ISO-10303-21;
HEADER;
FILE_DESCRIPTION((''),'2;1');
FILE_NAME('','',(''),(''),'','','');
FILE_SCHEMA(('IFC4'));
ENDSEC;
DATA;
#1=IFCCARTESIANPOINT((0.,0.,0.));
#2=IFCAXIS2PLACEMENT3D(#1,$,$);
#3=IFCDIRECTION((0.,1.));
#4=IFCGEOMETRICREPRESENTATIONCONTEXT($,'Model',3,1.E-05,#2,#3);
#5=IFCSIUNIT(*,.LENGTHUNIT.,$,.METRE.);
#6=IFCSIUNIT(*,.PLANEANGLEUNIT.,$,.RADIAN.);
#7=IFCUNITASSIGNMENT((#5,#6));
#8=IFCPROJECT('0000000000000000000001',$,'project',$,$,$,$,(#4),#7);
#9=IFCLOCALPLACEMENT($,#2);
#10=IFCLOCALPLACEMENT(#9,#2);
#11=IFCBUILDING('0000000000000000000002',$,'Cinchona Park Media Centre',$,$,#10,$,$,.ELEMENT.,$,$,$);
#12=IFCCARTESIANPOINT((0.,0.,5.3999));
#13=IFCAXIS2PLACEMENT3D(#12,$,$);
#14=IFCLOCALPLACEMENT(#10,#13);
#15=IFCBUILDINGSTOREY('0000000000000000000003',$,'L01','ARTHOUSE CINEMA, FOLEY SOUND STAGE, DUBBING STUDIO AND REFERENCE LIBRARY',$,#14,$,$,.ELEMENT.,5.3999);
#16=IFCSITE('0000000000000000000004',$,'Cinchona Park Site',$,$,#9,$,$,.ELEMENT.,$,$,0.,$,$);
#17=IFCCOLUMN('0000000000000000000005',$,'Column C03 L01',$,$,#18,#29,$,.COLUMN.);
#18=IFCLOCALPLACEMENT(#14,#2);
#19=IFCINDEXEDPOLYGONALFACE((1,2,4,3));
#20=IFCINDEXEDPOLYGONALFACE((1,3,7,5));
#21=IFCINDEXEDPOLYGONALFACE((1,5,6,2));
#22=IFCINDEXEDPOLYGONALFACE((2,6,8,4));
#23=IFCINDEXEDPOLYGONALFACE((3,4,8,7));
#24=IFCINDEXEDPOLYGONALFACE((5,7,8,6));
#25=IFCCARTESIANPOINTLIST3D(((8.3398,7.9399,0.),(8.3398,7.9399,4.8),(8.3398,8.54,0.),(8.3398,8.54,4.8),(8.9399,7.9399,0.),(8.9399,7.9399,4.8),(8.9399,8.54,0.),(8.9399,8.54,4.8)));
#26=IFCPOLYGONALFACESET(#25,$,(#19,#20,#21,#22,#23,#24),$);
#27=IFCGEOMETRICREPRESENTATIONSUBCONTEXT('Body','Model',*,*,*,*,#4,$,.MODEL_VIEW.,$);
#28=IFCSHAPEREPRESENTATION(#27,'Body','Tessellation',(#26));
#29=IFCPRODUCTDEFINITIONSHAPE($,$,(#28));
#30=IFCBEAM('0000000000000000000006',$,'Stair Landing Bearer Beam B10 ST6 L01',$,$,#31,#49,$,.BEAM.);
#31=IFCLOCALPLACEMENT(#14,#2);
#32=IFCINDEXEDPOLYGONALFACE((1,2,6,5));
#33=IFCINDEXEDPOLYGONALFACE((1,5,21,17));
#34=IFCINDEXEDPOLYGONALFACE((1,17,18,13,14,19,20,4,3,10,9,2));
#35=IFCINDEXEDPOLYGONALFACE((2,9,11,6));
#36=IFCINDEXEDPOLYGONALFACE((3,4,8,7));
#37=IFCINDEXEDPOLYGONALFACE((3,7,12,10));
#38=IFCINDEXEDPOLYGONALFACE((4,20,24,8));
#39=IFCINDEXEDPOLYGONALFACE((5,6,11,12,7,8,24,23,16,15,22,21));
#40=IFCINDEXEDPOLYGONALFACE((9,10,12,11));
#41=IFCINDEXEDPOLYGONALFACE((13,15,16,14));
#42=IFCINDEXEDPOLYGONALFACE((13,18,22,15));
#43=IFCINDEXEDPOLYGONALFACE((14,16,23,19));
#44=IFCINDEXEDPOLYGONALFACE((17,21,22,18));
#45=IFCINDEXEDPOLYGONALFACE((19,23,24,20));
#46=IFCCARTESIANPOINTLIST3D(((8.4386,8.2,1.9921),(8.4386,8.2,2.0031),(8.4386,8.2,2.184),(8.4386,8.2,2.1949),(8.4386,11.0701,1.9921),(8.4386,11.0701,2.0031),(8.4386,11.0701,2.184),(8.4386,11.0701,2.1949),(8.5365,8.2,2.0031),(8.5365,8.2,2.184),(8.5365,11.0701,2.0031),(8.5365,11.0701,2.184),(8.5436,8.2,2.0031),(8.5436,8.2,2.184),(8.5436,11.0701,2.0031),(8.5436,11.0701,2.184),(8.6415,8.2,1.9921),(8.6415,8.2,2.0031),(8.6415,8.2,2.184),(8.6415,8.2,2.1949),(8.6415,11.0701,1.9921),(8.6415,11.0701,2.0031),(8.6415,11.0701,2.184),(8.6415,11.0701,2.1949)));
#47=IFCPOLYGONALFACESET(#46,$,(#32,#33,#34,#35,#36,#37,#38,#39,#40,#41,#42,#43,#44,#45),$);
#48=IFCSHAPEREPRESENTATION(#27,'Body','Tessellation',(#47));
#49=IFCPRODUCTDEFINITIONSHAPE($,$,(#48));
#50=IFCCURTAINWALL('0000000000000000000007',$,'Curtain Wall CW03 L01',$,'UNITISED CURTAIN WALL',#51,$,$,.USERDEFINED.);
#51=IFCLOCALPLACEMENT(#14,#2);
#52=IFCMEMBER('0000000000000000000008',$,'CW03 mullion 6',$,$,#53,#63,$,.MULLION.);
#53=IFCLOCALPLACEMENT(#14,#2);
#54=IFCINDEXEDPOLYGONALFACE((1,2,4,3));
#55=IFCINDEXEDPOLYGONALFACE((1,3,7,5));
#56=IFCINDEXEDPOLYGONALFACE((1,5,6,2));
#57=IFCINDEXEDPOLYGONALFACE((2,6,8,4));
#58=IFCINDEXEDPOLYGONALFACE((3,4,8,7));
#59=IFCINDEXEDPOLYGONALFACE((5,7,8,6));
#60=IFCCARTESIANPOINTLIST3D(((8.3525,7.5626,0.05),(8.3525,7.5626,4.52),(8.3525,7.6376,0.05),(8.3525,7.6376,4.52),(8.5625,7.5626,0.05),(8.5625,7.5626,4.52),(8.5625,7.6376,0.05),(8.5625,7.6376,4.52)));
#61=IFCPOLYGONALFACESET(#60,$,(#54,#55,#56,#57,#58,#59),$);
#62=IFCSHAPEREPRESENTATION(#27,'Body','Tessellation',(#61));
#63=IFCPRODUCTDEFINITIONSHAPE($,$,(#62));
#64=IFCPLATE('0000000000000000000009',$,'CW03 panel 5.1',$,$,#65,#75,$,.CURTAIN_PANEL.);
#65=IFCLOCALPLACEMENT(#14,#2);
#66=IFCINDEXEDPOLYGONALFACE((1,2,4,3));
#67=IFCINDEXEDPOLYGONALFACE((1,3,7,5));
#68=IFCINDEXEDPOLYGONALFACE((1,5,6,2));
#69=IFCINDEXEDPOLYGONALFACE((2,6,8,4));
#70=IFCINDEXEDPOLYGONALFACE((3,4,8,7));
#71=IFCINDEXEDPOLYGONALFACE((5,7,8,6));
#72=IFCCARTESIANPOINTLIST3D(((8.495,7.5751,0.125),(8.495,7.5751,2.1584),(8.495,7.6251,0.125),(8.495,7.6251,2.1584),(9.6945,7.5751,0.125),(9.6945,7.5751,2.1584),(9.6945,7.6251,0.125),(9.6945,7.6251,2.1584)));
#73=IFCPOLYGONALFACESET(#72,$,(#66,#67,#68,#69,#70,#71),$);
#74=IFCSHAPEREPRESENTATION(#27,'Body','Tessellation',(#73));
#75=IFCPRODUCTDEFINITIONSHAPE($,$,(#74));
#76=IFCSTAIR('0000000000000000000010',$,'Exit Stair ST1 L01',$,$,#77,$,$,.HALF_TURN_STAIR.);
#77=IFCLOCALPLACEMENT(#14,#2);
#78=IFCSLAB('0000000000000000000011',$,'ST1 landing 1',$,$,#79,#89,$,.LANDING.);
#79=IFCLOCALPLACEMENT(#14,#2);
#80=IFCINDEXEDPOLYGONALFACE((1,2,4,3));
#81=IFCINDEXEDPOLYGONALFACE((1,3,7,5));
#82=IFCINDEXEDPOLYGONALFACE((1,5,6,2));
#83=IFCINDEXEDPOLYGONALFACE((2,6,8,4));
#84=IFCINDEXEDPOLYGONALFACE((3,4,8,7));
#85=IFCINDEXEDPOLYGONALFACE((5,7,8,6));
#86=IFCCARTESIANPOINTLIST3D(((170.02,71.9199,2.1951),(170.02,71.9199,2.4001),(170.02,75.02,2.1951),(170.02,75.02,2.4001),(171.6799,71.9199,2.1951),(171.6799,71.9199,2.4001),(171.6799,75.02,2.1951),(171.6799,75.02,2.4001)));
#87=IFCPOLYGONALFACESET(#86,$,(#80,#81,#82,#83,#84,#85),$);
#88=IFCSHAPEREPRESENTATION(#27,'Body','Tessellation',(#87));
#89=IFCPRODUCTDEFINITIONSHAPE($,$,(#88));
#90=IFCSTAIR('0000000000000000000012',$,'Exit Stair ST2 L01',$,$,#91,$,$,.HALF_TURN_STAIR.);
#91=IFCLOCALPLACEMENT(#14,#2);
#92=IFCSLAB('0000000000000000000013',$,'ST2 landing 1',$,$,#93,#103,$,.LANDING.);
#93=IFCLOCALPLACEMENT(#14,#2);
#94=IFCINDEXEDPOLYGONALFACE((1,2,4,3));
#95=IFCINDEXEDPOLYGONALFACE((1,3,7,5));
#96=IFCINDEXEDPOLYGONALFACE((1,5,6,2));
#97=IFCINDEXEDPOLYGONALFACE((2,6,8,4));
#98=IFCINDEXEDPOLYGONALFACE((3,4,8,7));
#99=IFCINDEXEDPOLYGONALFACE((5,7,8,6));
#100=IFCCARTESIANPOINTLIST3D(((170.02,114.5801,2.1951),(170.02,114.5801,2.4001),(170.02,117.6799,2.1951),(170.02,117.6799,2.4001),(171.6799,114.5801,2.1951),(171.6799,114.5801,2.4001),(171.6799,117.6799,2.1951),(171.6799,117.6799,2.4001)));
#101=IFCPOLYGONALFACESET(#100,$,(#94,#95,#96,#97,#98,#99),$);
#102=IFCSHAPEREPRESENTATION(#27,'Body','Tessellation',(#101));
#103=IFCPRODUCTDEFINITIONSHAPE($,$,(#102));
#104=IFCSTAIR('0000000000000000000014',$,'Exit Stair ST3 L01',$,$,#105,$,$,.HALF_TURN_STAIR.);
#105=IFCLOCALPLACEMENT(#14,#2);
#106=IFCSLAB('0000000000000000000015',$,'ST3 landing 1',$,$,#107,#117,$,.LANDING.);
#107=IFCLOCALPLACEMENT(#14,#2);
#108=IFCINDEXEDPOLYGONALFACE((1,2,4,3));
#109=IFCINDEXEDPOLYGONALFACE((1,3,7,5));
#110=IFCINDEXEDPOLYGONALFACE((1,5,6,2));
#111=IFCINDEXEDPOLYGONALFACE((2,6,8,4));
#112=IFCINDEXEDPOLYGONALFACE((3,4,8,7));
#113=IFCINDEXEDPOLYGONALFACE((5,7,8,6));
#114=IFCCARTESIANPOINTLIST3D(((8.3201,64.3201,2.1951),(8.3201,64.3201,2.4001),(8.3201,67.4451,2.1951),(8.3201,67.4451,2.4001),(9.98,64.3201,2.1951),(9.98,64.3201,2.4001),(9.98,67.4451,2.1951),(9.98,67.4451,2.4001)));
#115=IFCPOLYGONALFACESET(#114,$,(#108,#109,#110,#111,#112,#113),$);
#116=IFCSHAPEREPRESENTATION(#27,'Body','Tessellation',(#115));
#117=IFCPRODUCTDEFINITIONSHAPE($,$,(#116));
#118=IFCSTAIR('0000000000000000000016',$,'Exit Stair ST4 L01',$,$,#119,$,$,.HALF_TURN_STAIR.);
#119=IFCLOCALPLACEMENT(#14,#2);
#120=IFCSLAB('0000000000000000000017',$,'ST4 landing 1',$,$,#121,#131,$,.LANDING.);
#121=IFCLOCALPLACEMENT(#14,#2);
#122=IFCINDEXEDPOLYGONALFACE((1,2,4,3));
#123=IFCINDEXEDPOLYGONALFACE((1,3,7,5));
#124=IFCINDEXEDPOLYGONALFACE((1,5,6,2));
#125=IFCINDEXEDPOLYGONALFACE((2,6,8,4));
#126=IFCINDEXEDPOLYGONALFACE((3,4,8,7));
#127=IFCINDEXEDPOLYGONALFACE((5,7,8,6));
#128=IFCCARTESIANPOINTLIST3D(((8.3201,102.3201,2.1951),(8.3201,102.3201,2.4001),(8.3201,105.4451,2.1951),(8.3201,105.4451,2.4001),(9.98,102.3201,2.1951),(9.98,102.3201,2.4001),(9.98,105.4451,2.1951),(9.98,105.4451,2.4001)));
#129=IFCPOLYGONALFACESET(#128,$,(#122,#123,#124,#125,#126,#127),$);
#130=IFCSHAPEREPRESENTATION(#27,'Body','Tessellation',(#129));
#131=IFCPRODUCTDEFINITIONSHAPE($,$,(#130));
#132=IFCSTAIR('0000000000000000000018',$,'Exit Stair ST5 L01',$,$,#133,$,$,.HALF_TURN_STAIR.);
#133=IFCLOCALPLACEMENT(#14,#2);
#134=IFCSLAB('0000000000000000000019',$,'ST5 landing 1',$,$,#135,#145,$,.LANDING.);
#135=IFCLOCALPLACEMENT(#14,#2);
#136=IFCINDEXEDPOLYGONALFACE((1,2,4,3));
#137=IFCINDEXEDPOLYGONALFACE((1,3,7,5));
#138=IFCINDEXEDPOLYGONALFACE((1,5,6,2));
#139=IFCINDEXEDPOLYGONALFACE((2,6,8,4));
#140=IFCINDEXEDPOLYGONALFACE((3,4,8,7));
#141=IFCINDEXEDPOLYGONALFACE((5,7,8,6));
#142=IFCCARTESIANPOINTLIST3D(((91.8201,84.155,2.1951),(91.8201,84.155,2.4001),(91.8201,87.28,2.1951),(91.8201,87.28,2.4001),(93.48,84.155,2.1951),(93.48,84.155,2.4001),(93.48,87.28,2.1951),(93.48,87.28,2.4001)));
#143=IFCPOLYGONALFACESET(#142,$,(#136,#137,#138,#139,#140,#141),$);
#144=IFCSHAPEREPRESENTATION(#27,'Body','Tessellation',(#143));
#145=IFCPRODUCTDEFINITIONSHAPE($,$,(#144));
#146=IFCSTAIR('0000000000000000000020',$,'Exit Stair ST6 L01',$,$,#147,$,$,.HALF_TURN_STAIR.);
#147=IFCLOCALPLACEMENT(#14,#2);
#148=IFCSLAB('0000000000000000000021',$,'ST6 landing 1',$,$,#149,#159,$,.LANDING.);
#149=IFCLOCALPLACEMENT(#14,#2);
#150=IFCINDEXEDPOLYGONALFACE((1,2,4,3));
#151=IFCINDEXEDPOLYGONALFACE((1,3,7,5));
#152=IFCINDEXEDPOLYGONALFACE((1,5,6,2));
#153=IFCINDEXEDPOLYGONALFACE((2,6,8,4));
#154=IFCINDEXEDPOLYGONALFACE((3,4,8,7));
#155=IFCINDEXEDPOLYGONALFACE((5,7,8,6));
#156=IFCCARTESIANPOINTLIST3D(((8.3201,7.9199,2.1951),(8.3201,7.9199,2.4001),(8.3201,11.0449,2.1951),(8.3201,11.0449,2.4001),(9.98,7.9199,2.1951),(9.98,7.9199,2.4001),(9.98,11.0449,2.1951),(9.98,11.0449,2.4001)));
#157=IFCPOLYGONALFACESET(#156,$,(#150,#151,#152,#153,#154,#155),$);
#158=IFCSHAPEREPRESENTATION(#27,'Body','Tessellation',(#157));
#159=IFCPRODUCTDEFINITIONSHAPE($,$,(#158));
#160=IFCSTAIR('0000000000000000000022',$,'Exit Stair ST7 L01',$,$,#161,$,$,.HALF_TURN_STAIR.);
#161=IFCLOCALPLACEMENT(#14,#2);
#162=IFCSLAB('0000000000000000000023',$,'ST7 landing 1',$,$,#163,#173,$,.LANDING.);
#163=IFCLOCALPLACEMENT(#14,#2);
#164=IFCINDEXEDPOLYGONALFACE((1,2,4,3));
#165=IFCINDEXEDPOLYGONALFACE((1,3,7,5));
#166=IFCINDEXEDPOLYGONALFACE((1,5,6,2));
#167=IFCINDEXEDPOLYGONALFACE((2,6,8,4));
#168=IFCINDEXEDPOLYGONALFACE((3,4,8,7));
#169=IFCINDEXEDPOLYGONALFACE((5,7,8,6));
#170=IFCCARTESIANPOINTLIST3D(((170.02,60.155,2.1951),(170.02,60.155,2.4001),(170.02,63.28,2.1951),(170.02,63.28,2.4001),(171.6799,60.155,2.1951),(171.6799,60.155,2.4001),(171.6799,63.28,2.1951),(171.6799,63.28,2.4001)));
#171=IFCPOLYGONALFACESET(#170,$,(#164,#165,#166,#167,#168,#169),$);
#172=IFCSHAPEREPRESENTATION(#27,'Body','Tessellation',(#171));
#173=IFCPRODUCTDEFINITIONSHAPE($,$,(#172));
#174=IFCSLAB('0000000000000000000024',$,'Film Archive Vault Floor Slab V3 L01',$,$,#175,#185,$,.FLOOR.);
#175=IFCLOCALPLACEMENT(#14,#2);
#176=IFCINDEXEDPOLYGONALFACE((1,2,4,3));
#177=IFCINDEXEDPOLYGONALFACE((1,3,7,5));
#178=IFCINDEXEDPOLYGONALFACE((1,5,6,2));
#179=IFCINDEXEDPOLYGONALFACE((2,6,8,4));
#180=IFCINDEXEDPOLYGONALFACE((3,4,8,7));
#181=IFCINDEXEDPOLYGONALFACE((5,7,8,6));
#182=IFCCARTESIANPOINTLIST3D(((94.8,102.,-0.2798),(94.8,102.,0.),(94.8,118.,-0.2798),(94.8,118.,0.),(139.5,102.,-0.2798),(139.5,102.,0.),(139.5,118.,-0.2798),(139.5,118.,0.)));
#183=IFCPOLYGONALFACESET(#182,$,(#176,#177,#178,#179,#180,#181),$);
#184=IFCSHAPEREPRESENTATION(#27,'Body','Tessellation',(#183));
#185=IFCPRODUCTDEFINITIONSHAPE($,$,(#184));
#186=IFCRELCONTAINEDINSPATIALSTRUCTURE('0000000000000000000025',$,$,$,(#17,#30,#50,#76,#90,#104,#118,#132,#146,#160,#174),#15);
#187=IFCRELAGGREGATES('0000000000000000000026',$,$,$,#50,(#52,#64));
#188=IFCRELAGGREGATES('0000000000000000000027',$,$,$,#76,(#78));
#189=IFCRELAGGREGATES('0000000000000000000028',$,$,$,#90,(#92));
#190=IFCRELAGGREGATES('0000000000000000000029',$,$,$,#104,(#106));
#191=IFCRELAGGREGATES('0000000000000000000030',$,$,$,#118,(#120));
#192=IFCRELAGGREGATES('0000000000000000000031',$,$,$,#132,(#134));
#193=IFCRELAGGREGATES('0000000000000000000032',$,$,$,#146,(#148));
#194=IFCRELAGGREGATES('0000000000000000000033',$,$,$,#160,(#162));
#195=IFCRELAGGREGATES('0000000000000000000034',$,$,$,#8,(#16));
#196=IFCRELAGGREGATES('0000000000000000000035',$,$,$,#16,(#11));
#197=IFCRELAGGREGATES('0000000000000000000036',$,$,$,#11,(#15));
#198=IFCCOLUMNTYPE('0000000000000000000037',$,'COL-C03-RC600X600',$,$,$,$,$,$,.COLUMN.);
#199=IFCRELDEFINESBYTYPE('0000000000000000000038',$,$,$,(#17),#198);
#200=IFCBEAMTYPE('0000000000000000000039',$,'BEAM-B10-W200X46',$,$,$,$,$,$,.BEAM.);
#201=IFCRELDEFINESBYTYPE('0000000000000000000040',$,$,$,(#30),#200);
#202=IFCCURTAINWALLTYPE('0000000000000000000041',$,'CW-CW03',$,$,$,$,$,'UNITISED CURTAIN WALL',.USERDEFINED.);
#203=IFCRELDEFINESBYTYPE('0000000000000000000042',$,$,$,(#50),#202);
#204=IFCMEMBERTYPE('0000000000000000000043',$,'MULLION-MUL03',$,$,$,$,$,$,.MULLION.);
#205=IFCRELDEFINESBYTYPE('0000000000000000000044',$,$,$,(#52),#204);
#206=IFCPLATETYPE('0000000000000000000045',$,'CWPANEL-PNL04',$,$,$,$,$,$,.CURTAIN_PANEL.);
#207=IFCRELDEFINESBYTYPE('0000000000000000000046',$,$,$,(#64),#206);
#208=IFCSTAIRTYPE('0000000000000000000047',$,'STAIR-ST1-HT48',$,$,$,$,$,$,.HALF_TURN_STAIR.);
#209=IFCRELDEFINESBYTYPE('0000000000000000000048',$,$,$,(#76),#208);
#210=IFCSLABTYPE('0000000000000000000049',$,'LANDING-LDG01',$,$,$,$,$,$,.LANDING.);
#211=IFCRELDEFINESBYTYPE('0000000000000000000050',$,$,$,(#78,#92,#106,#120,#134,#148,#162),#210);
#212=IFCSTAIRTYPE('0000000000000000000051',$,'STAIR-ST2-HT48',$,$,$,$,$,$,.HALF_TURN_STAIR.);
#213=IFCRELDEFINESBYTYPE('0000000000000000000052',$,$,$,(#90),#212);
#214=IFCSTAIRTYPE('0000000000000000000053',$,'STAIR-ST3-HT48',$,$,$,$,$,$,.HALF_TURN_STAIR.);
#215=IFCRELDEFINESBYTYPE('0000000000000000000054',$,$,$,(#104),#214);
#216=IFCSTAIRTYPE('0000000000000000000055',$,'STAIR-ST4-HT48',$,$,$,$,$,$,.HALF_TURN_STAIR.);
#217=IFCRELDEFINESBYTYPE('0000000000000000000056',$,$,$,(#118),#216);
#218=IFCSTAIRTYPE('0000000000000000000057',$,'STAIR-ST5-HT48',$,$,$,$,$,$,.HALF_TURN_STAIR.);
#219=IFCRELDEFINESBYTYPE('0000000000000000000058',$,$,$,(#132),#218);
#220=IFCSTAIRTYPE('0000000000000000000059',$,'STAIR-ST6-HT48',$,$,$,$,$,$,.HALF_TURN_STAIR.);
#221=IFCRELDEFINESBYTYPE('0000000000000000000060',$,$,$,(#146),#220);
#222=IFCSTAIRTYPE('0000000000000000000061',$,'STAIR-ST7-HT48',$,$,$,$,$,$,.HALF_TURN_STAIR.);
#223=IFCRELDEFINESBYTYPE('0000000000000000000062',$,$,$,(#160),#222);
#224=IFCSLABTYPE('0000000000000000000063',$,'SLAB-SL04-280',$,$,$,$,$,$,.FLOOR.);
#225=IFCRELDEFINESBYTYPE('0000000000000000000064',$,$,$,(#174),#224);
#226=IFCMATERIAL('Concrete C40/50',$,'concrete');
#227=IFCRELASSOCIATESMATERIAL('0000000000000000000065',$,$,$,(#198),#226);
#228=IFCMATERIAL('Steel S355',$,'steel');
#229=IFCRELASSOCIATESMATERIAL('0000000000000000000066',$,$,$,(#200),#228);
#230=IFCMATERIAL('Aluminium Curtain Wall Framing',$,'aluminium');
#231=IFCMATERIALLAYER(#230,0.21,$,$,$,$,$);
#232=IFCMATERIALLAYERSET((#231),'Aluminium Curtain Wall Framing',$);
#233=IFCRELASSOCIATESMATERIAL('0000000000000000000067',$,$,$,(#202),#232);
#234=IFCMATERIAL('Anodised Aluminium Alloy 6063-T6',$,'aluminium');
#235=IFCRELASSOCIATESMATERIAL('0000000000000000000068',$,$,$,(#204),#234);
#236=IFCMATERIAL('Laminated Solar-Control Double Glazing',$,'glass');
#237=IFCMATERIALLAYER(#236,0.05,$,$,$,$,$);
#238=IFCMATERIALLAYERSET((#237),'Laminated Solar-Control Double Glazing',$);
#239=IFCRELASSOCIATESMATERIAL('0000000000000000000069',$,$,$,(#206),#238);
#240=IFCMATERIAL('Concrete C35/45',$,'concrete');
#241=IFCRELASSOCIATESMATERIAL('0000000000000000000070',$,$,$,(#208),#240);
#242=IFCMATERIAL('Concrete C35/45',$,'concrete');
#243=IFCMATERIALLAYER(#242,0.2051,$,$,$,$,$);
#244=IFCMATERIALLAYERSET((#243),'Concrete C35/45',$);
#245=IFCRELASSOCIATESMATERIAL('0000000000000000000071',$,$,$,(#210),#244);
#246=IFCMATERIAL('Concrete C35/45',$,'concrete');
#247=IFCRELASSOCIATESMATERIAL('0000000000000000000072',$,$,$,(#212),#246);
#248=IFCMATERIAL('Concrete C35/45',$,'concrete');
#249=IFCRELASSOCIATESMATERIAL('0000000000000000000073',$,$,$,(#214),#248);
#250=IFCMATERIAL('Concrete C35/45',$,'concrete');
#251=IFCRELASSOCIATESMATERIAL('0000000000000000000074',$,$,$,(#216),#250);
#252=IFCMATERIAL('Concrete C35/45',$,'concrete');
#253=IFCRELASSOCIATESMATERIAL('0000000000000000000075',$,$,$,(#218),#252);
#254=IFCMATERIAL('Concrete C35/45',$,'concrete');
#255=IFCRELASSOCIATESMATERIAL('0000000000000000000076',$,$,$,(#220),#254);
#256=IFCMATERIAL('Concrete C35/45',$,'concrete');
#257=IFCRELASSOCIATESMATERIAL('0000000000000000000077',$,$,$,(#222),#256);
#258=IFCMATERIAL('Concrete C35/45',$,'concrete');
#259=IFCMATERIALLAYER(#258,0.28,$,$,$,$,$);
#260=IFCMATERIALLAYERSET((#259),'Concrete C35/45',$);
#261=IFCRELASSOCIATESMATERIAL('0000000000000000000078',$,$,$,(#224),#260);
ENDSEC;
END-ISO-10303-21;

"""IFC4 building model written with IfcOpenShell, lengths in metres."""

from ifc_helpers import new_model, si_unit, direction, frame, origin, origin_2d, place, context, subcontext, project, spatial, polyline, rectangle, i_section, outline, extrude, material, layer, layer_set, material_profile, profile_set, type_object, element, aggregate, save


model = new_model("IFC4")

# Units and contexts
model_context = context("Model", 3, precision=1e-05, world=origin(), true_north=direction((0.0, 1.0)))
body_context = subcontext(model_context, "Body", "Model", "MODEL_VIEW")
ifc_project = project(units=[si_unit("LENGTHUNIT", "METRE"), si_unit("PLANEANGLEUNIT", "RADIAN")], contexts=[model_context])

# Site, building, storey
site_placement = place(None, origin())
site = spatial("IfcSite", under=ifc_project, at=site_placement, Name="Cinchona Park Site", CompositionType="ELEMENT", RefElevation=0.0)
building_placement = place(site_placement, origin())
building = spatial("IfcBuilding", under=site, at=building_placement, Name="Cinchona Park Media Centre", CompositionType="ELEMENT")
storey_placement = place(building_placement, frame((0.0, 0.0, 5.3999)))
storey = spatial("IfcBuildingStorey", under=building, at=storey_placement, Name="L01", Description="ARTHOUSE CINEMA, FOLEY SOUND STAGE, DUBBING STUDIO AND REFERENCE LIBRARY", CompositionType="ELEMENT", Elevation=5.3999)

# Column
ifc_material_1 = material(Name="Concrete C40/50", Category="concrete")
ifc_material_profile_1 = material_profile(ifc_material_1, rectangle(XDim=0.6001, YDim=0.6001, at=origin_2d()), Name="RC 600X600")
ifc_profile_set_1 = profile_set([ifc_material_profile_1], Name="Concrete C40/50")
column_type = type_object("IfcColumnType", Name="COL-C03-RC600X600", PredefinedType="COLUMN", material=ifc_profile_set_1)
column_placement = place(storey_placement, frame((8.6399, 8.24, 0.0), z_axis=(0.0, 0.0, 1.0), x_axis=(1.0, 0.0, 0.0)))
element("IfcColumn", 1, at=column_placement, inside=storey, type_object=column_type, Name="Column C03 L01", PredefinedType="COLUMN", context=body_context, shape_type="SweptSolid", body=[
    extrude(rectangle(XDim=0.6001, YDim=0.6001, at=origin_2d()), origin(), (0.0, 0.0, 1.0), 4.8),
])

# Beam
ifc_material_2 = material(Name="Steel S355", Category="steel")
ifc_material_profile_2 = material_profile(ifc_material_2, i_section(OverallWidth=0.2029, OverallDepth=0.2029, WebThickness=0.0071, FlangeThickness=0.011, at=origin_2d()), Name="W200X46")
ifc_profile_set_2 = profile_set([ifc_material_profile_2], Name="Steel S355")
beam_type = type_object("IfcBeamType", Name="BEAM-B10-W200X46", PredefinedType="BEAM", material=ifc_profile_set_2)
beam_placement = place(storey_placement, frame((8.54, 11.0701, 2.0935), z_axis=(0.0, -1.0, 0.0), x_axis=(1.0, 0.0, 0.0)))
element("IfcBeam", 2, at=beam_placement, inside=storey, type_object=beam_type, Name="Stair Landing Bearer Beam B10 ST6 L01", PredefinedType="BEAM", context=body_context, shape_type="SweptSolid", body=[
    extrude(i_section(OverallWidth=0.2029, OverallDepth=0.2029, WebThickness=0.0071, FlangeThickness=0.011, at=origin_2d()), origin(), (0.0, 0.0, 1.0), 2.8701),
])

# Curtain wall, member, plate
ifc_material_3 = material(Name="Aluminium Curtain Wall Framing", Category="aluminium")
ifc_layer_1 = layer(ifc_material_3, 0.21)
ifc_layer_set_1 = layer_set([ifc_layer_1], Name="Aluminium Curtain Wall Framing")
curtain_wall_type = type_object("IfcCurtainWallType", Name="CW-CW03", ElementType="UNITISED CURTAIN WALL", PredefinedType="USERDEFINED", material=ifc_layer_set_1)
curtain_wall_placement = place(storey_placement, origin())
curtain_wall = element("IfcCurtainWall", 3, at=curtain_wall_placement, inside=storey, type_object=curtain_wall_type, Name="Curtain Wall CW03 L01", ObjectType="UNITISED CURTAIN WALL", PredefinedType="USERDEFINED")
ifc_material_4 = material(Name="Anodised Aluminium Alloy 6063-T6", Category="aluminium")
ifc_material_profile_3 = material_profile(ifc_material_4, rectangle(XDim=0.075, YDim=0.21, at=origin_2d()), Name="MUL-75X210")
ifc_profile_set_3 = profile_set([ifc_material_profile_3], Name="Anodised Aluminium Alloy 6063-T6")
member_type = type_object("IfcMemberType", Name="MULLION-MUL03", PredefinedType="MULLION", material=ifc_profile_set_3)
member_placement = place(storey_placement, frame((8.4575, 7.6001, 0.05), z_axis=(0.0, 0.0, 1.0), x_axis=(0.0, -1.0, 0.0)))
member = element("IfcMember", 4, at=member_placement, type_object=member_type, Name="CW03 mullion 6", PredefinedType="MULLION", context=body_context, shape_type="SweptSolid", body=[
    extrude(rectangle(XDim=0.075, YDim=0.21, at=origin_2d()), origin(), (0.0, 0.0, 1.0), 4.47),
])
ifc_material_5 = material(Name="Laminated Solar-Control Double Glazing", Category="glass")
ifc_layer_2 = layer(ifc_material_5, 0.05)
ifc_layer_set_2 = layer_set([ifc_layer_2], Name="Laminated Solar-Control Double Glazing")
plate_type = type_object("IfcPlateType", Name="CWPANEL-PNL04", PredefinedType="CURTAIN_PANEL", material=ifc_layer_set_2)
plate_placement = place(storey_placement, frame((9.0947, 7.6001, 0.125), z_axis=(0.0, 0.0, 1.0), x_axis=(-1.0, 0.0, 0.0)))
plate = element("IfcPlate", 5, at=plate_placement, type_object=plate_type, Name="CW03 panel 5.1", PredefinedType="CURTAIN_PANEL", context=body_context, shape_type="SweptSolid", body=[
    extrude(rectangle(XDim=1.1995, YDim=0.05, at=origin_2d()), origin(), (0.0, 0.0, 1.0), 2.0334),
])
aggregate(curtain_wall, [member, plate])

# Stairs, slabs
ifc_material_6 = material(Name="Concrete C35/45", Category="concrete")
stair_type_1 = type_object("IfcStairType", Name="STAIR-ST1-HT48", PredefinedType="HALF_TURN_STAIR", material=ifc_material_6)
stair_1_placement = place(storey_placement, origin())
stair_1 = element("IfcStair", 6, at=stair_1_placement, inside=storey, type_object=stair_type_1, Name="Exit Stair ST1 L01", PredefinedType="HALF_TURN_STAIR")
ifc_material_7 = material(Name="Concrete C35/45", Category="concrete")
ifc_layer_3 = layer(ifc_material_7, 0.2051)
ifc_layer_set_3 = layer_set([ifc_layer_3], Name="Concrete C35/45")
slab_type_1 = type_object("IfcSlabType", Name="LANDING-LDG01", PredefinedType="LANDING", material=ifc_layer_set_3)
slab_1_placement = place(storey_placement, frame((0.0, 0.0, 2.1951)))
slab_1 = element("IfcSlab", 7, at=slab_1_placement, type_object=slab_type_1, Name="ST1 landing 1", PredefinedType="LANDING", context=body_context, shape_type="SweptSolid", body=[
    extrude(outline(polyline([(170.02, 71.9199), (171.6799, 71.9199), (171.6799, 75.02), (170.02, 75.02), (170.02, 71.9199)])), origin(), (0.0, 0.0, 1.0), 0.2051),
])
aggregate(stair_1, [slab_1])
ifc_material_8 = material(Name="Concrete C35/45", Category="concrete")
stair_type_2 = type_object("IfcStairType", Name="STAIR-ST2-HT48", PredefinedType="HALF_TURN_STAIR", material=ifc_material_8)
stair_2_placement = place(storey_placement, origin())
stair_2 = element("IfcStair", 8, at=stair_2_placement, inside=storey, type_object=stair_type_2, Name="Exit Stair ST2 L01", PredefinedType="HALF_TURN_STAIR")
slab_2_placement = place(storey_placement, frame((0.0, 0.0, 2.1951)))
slab_2 = element("IfcSlab", 9, at=slab_2_placement, type_object=slab_type_1, Name="ST2 landing 1", PredefinedType="LANDING", context=body_context, shape_type="SweptSolid", body=[
    extrude(outline(polyline([(170.02, 114.5801), (171.6799, 114.5801), (171.6799, 117.6799), (170.02, 117.6799), (170.02, 114.5801)])), origin(), (0.0, 0.0, 1.0), 0.2051),
])
aggregate(stair_2, [slab_2])
ifc_material_9 = material(Name="Concrete C35/45", Category="concrete")
stair_type_3 = type_object("IfcStairType", Name="STAIR-ST3-HT48", PredefinedType="HALF_TURN_STAIR", material=ifc_material_9)
stair_3_placement = place(storey_placement, origin())
stair_3 = element("IfcStair", 10, at=stair_3_placement, inside=storey, type_object=stair_type_3, Name="Exit Stair ST3 L01", PredefinedType="HALF_TURN_STAIR")
slab_3_placement = place(storey_placement, frame((0.0, 0.0, 2.1951)))
slab_3 = element("IfcSlab", 11, at=slab_3_placement, type_object=slab_type_1, Name="ST3 landing 1", PredefinedType="LANDING", context=body_context, shape_type="SweptSolid", body=[
    extrude(outline(polyline([(8.3201, 64.3201), (9.98, 64.3201), (9.98, 67.4451), (8.3201, 67.4451), (8.3201, 64.3201)])), origin(), (0.0, 0.0, 1.0), 0.2051),
])
aggregate(stair_3, [slab_3])
ifc_material_10 = material(Name="Concrete C35/45", Category="concrete")
stair_type_4 = type_object("IfcStairType", Name="STAIR-ST4-HT48", PredefinedType="HALF_TURN_STAIR", material=ifc_material_10)
stair_4_placement = place(storey_placement, origin())
stair_4 = element("IfcStair", 12, at=stair_4_placement, inside=storey, type_object=stair_type_4, Name="Exit Stair ST4 L01", PredefinedType="HALF_TURN_STAIR")
slab_4_placement = place(storey_placement, frame((0.0, 0.0, 2.1951)))
slab_4 = element("IfcSlab", 13, at=slab_4_placement, type_object=slab_type_1, Name="ST4 landing 1", PredefinedType="LANDING", context=body_context, shape_type="SweptSolid", body=[
    extrude(outline(polyline([(8.3201, 102.3201), (9.98, 102.3201), (9.98, 105.4451), (8.3201, 105.4451), (8.3201, 102.3201)])), origin(), (0.0, 0.0, 1.0), 0.2051),
])
aggregate(stair_4, [slab_4])
ifc_material_11 = material(Name="Concrete C35/45", Category="concrete")
stair_type_5 = type_object("IfcStairType", Name="STAIR-ST5-HT48", PredefinedType="HALF_TURN_STAIR", material=ifc_material_11)
stair_5_placement = place(storey_placement, origin())
stair_5 = element("IfcStair", 14, at=stair_5_placement, inside=storey, type_object=stair_type_5, Name="Exit Stair ST5 L01", PredefinedType="HALF_TURN_STAIR")
slab_5_placement = place(storey_placement, frame((0.0, 0.0, 2.1951)))
slab_5 = element("IfcSlab", 15, at=slab_5_placement, type_object=slab_type_1, Name="ST5 landing 1", PredefinedType="LANDING", context=body_context, shape_type="SweptSolid", body=[
    extrude(outline(polyline([(91.8201, 84.155), (93.48, 84.155), (93.48, 87.28), (91.8201, 87.28), (91.8201, 84.155)])), origin(), (0.0, 0.0, 1.0), 0.2051),
])
aggregate(stair_5, [slab_5])
ifc_material_12 = material(Name="Concrete C35/45", Category="concrete")
stair_type_6 = type_object("IfcStairType", Name="STAIR-ST6-HT48", PredefinedType="HALF_TURN_STAIR", material=ifc_material_12)
stair_6_placement = place(storey_placement, origin())
stair_6 = element("IfcStair", 16, at=stair_6_placement, inside=storey, type_object=stair_type_6, Name="Exit Stair ST6 L01", PredefinedType="HALF_TURN_STAIR")
slab_6_placement = place(storey_placement, frame((0.0, 0.0, 2.1951)))
slab_6 = element("IfcSlab", 17, at=slab_6_placement, type_object=slab_type_1, Name="ST6 landing 1", PredefinedType="LANDING", context=body_context, shape_type="SweptSolid", body=[
    extrude(outline(polyline([(8.3201, 7.9199), (9.98, 7.9199), (9.98, 11.0449), (8.3201, 11.0449), (8.3201, 7.9199)])), origin(), (0.0, 0.0, 1.0), 0.2051),
])
aggregate(stair_6, [slab_6])
ifc_material_13 = material(Name="Concrete C35/45", Category="concrete")
stair_type_7 = type_object("IfcStairType", Name="STAIR-ST7-HT48", PredefinedType="HALF_TURN_STAIR", material=ifc_material_13)
stair_7_placement = place(storey_placement, origin())
stair_7 = element("IfcStair", 18, at=stair_7_placement, inside=storey, type_object=stair_type_7, Name="Exit Stair ST7 L01", PredefinedType="HALF_TURN_STAIR")
slab_7_placement = place(storey_placement, frame((0.0, 0.0, 2.1951)))
slab_7 = element("IfcSlab", 19, at=slab_7_placement, type_object=slab_type_1, Name="ST7 landing 1", PredefinedType="LANDING", context=body_context, shape_type="SweptSolid", body=[
    extrude(outline(polyline([(170.02, 60.155), (171.6799, 60.155), (171.6799, 63.28), (170.02, 63.28), (170.02, 60.155)])), origin(), (0.0, 0.0, 1.0), 0.2051),
])
aggregate(stair_7, [slab_7])

# Slab
ifc_material_14 = material(Name="Concrete C35/45", Category="concrete")
ifc_layer_4 = layer(ifc_material_14, 0.28)
ifc_layer_set_4 = layer_set([ifc_layer_4], Name="Concrete C35/45")
slab_type_2 = type_object("IfcSlabType", Name="SLAB-SL04-280", PredefinedType="FLOOR", material=ifc_layer_set_4)
slab_8_placement = place(storey_placement, frame((0.0, 0.0, -0.2798)))
element("IfcSlab", 20, at=slab_8_placement, inside=storey, type_object=slab_type_2, Name="Film Archive Vault Floor Slab V3 L01", PredefinedType="FLOOR", context=body_context, shape_type="SweptSolid", body=[
    extrude(outline(polyline([(94.8, 102.0), (139.5, 102.0), (139.5, 118.0), (94.8, 118.0), (94.8, 102.0)])), origin(), (0.0, 0.0, 1.0), 0.2798),
])

save(model, "model.ifc")
